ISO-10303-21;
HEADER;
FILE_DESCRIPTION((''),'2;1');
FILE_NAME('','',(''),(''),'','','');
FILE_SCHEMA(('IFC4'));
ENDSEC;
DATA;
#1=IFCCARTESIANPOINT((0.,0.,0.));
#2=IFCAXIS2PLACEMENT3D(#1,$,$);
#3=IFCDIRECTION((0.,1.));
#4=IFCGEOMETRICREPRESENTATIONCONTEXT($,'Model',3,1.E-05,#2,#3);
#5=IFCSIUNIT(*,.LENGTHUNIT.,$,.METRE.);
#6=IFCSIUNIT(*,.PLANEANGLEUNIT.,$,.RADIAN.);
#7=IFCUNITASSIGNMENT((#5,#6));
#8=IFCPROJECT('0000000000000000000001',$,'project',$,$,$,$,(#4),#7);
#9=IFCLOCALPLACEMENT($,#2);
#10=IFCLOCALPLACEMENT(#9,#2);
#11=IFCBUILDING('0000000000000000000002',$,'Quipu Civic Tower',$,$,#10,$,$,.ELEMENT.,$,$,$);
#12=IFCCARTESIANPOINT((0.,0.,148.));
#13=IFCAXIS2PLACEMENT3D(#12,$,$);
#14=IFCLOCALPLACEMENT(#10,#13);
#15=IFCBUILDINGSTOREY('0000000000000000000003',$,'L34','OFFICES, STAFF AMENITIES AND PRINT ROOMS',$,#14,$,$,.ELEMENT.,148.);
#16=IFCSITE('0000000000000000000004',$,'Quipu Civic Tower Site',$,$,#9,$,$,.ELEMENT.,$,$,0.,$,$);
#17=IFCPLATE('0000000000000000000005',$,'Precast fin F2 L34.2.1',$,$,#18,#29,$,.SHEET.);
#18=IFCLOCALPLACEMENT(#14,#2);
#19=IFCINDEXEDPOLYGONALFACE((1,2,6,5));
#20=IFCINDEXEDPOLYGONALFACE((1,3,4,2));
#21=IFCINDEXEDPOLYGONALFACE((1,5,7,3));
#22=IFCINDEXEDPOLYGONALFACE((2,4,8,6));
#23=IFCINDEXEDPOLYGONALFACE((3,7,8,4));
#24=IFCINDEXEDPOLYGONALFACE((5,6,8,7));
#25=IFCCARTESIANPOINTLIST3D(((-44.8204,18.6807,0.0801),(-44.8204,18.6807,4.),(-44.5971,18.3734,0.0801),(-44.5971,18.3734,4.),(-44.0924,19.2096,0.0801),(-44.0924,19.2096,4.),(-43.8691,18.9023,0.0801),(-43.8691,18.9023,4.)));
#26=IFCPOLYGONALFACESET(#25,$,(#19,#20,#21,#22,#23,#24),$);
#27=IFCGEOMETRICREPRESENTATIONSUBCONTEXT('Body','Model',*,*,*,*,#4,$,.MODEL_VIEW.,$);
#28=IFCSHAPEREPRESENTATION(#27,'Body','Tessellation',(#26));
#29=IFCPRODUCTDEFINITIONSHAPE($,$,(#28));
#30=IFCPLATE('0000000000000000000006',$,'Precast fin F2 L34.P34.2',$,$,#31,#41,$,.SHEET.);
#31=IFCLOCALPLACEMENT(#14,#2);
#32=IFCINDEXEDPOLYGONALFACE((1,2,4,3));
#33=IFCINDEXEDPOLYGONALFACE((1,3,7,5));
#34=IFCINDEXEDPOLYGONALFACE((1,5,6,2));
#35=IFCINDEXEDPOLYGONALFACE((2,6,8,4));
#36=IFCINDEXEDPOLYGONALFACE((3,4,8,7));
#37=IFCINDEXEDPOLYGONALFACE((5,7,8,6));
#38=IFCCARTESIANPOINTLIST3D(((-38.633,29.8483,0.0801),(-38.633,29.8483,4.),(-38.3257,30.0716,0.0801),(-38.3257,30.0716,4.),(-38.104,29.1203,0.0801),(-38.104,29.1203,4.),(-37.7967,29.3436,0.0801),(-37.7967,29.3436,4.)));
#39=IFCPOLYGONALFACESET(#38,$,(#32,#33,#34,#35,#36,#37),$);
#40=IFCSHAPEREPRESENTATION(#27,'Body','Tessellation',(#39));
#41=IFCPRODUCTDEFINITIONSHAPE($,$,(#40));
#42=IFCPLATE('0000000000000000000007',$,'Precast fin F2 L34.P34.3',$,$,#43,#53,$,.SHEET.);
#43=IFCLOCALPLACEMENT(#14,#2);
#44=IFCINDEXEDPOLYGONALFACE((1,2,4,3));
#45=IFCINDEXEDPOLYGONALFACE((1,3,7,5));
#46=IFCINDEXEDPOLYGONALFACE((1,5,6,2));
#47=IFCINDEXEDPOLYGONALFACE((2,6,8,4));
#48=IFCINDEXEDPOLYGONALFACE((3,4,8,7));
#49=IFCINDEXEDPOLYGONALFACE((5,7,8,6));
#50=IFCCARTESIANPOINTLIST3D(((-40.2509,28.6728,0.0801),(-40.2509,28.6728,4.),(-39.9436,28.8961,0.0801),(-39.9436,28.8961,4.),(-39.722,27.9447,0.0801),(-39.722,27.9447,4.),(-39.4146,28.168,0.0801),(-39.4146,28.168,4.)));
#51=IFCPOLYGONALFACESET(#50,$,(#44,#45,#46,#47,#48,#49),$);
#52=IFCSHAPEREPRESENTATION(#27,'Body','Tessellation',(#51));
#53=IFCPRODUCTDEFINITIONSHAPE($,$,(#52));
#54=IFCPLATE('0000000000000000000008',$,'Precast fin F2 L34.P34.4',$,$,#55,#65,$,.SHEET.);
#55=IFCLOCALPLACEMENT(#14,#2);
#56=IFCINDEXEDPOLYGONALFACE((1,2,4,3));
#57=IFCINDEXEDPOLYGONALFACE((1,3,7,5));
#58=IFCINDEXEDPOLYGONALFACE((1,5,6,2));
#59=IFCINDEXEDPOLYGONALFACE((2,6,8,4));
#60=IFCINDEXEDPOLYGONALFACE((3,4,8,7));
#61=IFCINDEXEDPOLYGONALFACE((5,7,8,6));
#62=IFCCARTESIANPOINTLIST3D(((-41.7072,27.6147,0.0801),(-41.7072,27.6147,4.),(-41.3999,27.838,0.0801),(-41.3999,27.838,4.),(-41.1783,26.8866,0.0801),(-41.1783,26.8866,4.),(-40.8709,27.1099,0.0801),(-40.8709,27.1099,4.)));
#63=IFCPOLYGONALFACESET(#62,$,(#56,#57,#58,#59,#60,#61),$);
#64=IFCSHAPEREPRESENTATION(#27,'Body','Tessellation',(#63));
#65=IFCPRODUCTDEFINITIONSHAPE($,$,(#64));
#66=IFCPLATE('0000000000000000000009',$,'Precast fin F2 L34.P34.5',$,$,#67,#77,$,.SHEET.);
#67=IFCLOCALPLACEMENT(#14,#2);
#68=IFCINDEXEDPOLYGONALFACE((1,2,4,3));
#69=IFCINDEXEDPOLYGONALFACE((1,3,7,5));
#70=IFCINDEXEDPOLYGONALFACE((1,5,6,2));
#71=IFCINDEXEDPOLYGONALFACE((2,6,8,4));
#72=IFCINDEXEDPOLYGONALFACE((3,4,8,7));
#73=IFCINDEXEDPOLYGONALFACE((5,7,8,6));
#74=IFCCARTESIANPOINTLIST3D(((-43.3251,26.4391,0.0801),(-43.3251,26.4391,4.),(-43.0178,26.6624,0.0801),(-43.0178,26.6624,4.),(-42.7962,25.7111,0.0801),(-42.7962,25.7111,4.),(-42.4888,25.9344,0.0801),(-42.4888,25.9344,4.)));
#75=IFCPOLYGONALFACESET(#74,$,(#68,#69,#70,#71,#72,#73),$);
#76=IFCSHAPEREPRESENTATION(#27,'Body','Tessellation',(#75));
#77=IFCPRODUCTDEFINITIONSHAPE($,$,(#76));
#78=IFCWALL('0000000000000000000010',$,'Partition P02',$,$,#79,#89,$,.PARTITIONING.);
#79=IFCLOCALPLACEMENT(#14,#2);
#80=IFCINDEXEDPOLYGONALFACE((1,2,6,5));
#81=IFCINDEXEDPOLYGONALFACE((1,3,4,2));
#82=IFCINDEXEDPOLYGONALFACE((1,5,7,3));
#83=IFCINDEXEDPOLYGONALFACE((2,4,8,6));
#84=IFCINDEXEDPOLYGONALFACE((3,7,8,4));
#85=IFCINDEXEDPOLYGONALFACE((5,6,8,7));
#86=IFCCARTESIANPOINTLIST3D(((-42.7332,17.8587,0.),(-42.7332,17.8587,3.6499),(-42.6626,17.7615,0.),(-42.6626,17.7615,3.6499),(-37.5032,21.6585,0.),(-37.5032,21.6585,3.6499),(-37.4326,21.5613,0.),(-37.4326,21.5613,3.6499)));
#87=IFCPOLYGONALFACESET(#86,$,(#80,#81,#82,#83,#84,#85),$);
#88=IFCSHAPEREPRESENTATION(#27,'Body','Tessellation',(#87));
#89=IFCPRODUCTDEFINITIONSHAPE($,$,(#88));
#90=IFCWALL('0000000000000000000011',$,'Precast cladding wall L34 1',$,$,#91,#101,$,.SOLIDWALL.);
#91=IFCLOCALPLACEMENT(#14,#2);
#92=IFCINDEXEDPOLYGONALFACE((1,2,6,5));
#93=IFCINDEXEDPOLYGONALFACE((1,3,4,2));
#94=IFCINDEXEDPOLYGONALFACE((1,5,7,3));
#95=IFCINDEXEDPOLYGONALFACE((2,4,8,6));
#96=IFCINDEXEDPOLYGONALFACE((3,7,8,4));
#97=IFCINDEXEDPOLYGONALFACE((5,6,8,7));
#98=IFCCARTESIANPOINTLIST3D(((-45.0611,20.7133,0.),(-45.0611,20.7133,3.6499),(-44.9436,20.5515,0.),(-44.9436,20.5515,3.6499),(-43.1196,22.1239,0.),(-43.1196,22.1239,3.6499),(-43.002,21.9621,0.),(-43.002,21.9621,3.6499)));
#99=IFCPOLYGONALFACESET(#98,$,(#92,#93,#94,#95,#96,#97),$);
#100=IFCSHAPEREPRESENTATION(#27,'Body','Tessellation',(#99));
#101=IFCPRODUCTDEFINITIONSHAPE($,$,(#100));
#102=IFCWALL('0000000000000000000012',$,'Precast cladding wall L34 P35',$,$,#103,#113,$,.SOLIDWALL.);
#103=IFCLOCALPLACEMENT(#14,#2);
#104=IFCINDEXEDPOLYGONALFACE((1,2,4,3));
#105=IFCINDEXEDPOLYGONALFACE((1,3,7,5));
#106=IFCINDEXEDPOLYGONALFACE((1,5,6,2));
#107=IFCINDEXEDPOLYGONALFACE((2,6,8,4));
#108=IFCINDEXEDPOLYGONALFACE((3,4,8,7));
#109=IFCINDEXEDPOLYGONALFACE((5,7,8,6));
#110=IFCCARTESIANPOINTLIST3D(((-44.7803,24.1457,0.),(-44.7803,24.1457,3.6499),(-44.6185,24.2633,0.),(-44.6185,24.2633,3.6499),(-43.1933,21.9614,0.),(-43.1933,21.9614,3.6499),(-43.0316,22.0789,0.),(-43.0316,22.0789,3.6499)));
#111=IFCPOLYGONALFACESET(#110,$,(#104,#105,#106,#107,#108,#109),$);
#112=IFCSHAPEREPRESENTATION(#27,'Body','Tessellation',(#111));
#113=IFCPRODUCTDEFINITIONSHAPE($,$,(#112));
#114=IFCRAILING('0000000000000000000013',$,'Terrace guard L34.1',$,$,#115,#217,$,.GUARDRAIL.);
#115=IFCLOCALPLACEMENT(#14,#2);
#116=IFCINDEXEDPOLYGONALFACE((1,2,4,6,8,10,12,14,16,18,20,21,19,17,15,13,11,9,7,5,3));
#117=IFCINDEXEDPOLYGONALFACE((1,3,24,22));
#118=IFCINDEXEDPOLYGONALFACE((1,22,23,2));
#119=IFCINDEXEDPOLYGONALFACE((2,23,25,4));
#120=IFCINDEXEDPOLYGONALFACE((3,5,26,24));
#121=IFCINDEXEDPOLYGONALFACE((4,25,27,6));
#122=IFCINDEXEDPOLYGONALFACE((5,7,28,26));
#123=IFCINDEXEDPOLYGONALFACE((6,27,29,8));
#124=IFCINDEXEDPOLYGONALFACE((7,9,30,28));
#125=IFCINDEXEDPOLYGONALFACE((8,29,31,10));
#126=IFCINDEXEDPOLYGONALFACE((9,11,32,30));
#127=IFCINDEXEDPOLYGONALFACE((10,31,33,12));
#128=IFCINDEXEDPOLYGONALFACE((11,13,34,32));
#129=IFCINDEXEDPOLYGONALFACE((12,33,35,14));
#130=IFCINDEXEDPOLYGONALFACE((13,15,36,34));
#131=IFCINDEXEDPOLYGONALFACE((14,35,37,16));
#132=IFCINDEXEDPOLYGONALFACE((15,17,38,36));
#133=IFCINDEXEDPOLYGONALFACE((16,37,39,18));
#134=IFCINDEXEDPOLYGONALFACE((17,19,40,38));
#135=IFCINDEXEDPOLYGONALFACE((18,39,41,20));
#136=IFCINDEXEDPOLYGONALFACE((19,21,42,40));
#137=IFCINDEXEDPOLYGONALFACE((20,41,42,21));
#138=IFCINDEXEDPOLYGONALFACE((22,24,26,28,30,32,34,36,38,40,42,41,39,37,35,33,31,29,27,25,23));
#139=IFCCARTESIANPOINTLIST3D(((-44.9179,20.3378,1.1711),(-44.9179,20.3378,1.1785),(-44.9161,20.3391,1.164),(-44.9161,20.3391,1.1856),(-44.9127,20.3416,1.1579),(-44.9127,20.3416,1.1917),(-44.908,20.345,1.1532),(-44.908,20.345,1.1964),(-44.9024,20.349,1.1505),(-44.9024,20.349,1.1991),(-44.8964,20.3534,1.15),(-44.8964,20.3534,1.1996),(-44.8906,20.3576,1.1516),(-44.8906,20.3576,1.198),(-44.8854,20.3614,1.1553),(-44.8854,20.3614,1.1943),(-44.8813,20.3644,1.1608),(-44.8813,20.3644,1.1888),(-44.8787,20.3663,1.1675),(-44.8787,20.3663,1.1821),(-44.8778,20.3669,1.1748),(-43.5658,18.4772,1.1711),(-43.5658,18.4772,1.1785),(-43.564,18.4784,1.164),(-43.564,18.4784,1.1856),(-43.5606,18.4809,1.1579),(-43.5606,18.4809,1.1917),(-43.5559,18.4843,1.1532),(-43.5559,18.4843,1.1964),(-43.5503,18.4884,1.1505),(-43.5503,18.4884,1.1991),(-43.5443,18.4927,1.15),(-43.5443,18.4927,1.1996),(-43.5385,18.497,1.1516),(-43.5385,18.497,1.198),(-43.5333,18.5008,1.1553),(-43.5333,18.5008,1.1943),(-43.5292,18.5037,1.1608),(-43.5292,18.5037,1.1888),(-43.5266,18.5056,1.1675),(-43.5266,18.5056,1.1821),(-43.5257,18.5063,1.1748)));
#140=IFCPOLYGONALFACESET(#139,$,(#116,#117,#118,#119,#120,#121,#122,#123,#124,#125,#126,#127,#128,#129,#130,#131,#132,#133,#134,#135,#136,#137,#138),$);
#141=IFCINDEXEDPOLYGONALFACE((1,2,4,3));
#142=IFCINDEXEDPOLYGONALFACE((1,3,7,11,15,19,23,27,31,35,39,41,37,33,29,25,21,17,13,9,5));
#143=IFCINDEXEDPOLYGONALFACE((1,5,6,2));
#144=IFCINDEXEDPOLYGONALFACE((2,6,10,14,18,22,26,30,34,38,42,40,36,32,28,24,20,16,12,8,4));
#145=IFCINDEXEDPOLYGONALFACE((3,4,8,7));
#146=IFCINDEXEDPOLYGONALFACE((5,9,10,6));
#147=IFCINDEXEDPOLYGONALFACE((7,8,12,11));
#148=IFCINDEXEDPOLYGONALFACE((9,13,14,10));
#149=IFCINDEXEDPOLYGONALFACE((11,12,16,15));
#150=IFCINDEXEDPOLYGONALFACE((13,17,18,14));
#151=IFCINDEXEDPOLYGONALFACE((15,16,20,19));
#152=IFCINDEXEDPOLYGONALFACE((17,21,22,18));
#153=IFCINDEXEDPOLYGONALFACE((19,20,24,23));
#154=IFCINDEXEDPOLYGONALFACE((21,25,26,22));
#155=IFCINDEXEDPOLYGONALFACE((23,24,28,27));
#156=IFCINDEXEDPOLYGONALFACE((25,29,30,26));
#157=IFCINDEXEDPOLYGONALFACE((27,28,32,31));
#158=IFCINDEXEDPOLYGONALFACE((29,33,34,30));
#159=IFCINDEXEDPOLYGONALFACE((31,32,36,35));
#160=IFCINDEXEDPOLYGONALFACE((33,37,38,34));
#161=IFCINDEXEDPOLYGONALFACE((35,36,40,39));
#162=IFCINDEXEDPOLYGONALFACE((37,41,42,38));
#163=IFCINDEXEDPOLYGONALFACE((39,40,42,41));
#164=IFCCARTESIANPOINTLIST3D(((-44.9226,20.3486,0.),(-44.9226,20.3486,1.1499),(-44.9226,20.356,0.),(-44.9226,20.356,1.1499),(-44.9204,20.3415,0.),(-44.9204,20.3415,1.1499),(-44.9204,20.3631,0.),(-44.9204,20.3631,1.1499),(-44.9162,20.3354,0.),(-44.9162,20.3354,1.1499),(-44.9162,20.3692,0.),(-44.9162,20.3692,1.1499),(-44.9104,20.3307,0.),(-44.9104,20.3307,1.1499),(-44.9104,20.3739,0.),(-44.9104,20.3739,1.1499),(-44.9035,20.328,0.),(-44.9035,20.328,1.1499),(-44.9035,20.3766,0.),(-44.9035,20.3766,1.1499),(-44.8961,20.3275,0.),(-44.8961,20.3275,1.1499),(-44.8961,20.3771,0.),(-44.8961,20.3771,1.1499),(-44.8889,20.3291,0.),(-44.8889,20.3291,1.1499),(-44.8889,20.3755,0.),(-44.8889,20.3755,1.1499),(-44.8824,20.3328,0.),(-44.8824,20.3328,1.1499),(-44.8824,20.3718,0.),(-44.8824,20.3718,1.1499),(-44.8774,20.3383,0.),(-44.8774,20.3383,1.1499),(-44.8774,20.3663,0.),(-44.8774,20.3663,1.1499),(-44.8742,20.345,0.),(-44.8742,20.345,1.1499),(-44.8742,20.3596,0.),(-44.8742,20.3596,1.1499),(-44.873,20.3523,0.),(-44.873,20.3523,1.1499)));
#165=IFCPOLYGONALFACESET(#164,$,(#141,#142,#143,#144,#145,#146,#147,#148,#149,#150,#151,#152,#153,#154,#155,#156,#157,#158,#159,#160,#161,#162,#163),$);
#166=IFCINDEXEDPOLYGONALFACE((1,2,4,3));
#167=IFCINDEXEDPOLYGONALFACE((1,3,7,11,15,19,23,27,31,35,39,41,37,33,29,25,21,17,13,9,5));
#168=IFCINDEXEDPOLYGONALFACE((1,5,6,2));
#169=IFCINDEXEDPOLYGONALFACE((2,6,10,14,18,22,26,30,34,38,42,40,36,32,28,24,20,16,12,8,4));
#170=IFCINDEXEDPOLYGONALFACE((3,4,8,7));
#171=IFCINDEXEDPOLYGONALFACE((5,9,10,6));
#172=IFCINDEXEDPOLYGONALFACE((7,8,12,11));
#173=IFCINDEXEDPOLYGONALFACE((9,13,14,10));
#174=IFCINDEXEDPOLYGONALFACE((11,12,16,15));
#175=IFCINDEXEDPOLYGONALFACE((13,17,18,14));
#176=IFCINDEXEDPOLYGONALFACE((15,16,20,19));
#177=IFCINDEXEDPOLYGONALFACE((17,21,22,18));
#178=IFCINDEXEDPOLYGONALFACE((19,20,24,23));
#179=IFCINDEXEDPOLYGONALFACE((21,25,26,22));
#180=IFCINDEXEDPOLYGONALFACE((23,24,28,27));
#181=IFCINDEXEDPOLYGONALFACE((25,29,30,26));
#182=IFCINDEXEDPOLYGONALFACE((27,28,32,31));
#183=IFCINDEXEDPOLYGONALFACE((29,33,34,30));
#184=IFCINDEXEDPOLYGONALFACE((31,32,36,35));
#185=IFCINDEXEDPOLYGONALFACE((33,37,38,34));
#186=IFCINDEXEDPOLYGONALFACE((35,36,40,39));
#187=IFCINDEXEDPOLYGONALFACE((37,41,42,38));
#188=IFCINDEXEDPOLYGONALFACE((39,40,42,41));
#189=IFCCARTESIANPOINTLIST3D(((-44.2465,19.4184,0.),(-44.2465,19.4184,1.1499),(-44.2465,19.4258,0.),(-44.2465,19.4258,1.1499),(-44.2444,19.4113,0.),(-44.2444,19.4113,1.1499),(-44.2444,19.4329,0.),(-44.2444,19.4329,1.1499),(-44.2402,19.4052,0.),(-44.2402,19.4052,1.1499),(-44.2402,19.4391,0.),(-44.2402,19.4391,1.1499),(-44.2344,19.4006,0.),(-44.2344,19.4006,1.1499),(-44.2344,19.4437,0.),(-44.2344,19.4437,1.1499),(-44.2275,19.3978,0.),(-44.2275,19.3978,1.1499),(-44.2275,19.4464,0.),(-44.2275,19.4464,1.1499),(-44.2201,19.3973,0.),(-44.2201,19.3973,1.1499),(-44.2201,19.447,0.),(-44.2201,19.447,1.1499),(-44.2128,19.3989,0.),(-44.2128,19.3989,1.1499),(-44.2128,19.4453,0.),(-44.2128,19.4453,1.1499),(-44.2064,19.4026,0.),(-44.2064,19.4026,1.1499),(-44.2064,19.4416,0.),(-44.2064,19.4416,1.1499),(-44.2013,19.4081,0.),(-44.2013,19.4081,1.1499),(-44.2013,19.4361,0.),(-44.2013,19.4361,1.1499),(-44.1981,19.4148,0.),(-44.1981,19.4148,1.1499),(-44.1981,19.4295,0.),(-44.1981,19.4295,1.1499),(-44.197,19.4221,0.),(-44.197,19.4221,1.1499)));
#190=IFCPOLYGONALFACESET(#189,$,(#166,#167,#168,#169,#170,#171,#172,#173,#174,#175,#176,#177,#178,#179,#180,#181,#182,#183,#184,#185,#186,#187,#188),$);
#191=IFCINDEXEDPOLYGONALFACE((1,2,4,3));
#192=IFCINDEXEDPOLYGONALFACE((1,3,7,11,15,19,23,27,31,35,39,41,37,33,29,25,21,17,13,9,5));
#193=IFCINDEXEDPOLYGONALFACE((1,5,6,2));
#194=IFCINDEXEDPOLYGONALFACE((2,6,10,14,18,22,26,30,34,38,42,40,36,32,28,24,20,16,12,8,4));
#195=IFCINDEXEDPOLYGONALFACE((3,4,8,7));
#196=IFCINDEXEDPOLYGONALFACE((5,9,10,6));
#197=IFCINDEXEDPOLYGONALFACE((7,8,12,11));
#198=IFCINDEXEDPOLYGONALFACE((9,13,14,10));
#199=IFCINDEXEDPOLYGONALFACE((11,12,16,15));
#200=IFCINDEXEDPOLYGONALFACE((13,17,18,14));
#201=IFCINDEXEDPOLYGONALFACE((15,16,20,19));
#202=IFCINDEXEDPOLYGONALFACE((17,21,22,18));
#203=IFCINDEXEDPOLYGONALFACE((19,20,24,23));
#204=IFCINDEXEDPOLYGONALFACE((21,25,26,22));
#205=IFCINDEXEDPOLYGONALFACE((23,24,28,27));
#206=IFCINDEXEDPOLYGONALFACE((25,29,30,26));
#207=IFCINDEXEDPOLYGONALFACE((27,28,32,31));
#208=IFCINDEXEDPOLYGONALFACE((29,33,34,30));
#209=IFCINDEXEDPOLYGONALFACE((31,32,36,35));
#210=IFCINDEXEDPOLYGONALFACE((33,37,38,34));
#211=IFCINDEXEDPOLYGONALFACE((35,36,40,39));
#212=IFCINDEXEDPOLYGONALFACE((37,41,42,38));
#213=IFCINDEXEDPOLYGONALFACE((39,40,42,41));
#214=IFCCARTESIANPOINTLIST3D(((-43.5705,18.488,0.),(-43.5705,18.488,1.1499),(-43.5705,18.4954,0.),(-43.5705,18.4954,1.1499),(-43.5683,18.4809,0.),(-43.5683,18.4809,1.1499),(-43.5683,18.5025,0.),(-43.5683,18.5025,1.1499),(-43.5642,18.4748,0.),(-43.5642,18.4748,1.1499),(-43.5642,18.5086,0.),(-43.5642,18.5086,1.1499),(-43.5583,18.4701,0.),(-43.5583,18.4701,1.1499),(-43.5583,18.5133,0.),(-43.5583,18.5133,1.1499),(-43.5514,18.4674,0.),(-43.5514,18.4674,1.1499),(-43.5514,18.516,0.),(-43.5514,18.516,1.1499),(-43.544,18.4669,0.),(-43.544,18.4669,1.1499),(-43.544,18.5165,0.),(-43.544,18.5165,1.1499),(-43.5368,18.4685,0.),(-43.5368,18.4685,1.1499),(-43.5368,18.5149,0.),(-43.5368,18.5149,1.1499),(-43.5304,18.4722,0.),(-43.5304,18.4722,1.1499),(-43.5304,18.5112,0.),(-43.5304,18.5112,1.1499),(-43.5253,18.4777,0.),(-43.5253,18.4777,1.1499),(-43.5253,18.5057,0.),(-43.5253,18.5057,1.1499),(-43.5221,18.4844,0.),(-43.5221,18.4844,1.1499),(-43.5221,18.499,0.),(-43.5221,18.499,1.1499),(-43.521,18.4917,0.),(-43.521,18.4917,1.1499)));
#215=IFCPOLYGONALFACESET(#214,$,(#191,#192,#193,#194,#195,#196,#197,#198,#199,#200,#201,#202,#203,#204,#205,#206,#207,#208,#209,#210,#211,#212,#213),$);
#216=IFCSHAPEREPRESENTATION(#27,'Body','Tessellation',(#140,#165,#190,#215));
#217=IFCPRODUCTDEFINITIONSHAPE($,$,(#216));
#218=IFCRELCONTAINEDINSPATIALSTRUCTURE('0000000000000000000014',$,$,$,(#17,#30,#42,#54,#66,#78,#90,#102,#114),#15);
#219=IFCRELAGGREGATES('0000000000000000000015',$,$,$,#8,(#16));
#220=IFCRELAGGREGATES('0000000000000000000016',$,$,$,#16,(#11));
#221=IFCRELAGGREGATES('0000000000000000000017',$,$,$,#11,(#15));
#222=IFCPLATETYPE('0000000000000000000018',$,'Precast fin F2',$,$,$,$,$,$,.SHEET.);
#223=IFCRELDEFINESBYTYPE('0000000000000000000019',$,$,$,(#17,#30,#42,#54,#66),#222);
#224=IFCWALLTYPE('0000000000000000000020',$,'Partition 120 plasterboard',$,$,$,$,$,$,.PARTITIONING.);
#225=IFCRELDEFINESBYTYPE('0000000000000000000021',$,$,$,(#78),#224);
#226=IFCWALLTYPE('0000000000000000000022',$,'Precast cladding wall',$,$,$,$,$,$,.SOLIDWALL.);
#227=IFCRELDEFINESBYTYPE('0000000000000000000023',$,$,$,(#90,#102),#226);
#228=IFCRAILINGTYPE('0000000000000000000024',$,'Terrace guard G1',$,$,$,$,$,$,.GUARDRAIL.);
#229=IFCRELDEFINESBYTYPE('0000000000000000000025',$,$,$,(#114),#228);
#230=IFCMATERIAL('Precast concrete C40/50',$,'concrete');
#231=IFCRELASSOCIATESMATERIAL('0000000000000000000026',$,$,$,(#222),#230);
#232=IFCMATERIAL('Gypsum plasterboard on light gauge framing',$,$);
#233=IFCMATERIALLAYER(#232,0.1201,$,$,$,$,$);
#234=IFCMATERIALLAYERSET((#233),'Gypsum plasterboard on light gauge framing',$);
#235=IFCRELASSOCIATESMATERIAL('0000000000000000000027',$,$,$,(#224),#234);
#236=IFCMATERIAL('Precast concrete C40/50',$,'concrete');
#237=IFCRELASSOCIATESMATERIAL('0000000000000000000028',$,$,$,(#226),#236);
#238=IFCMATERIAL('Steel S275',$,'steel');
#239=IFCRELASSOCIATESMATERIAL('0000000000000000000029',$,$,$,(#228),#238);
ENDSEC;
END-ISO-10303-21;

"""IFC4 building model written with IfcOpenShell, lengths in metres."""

from ifc_helpers import new_model, si_unit, direction, frame, frame_2d, origin, origin_2d, place, context, subcontext, project, spatial, rectangle, circle, extrude, material, layer, layer_set, type_object, element, save


model = new_model("IFC4")

# Units and contexts
model_context = context("Model", 3, precision=1e-05, world=origin(), true_north=direction((0.0, 1.0)))
body_context = subcontext(model_context, "Body", "Model", "MODEL_VIEW")
ifc_project = project(units=[si_unit("LENGTHUNIT", "METRE"), si_unit("PLANEANGLEUNIT", "RADIAN")], contexts=[model_context])

# Site, building, storey
site_placement = place(None, origin())
site = spatial("IfcSite", under=ifc_project, at=site_placement, Name="Quipu Civic Tower Site", CompositionType="ELEMENT", RefElevation=0.0)
building_placement = place(site_placement, origin())
building = spatial("IfcBuilding", under=site, at=building_placement, Name="Quipu Civic Tower", CompositionType="ELEMENT")
storey_placement = place(building_placement, frame((0.0, 0.0, 148.0)))
storey = spatial("IfcBuildingStorey", under=building, at=storey_placement, Name="L34", Description="OFFICES, STAFF AMENITIES AND PRINT ROOMS", CompositionType="ELEMENT", Elevation=148.0)

# Plates
ifc_material_1 = material(Name="Precast concrete C40/50", Category="concrete")
plate_type_1 = type_object("IfcPlateType", Name="Precast fin F2", PredefinedType="SHEET", material=ifc_material_1)
for number, where, z_axis, x_axis, name in (
    (1, (-44.3447, 18.7915, 0.0801), (0.0, 0.0, 1.0), (0.587786, -0.809016, 0.0), "Precast fin F2 L34.2.1"),
    (2, (-38.2148, 29.5959, 0.0801), (0.0, 0.0, 1.0), (-0.809017, -0.587785, 0.0), "Precast fin F2 L34.P34.2"),
    (3, (-39.8328, 28.4204, 0.0801), (0.0, 0.0, 1.0), (-0.809017, -0.587785, 0.0), "Precast fin F2 L34.P34.3"),
    (4, (-41.2891, 27.3623, 0.0801), (0.0, 0.0, 1.0), (-0.809017, -0.587785, 0.0), "Precast fin F2 L34.P34.4"),
    (5, (-42.907, 26.1868, 0.0801), (0.0, 0.0, 1.0), (-0.809017, -0.587785, 0.0), "Precast fin F2 L34.P34.5"),
):
    element("IfcPlate", number, at=place(storey_placement, frame(where, z_axis=z_axis, x_axis=x_axis)), inside=storey, type_object=plate_type_1, Name=name, PredefinedType="SHEET", context=body_context, shape_type="SweptSolid", body=[
        extrude(rectangle(XDim=0.3799, YDim=0.8999, at=origin_2d()), origin(), (0.0, 0.0, 1.0), 3.9199),
    ])

# Walls
ifc_material_2 = material(Name="Gypsum plasterboard on light gauge framing")
ifc_layer_1 = layer(ifc_material_2, 0.1201)
ifc_layer_set_1 = layer_set([ifc_layer_1], Name="Gypsum plasterboard on light gauge framing")
wall_type_1 = type_object("IfcWallType", Name="Partition 120 plasterboard", PredefinedType="PARTITIONING", material=ifc_layer_set_1)
wall_1_placement = place(storey_placement, frame((-42.698, 17.8101, 0.0), z_axis=(0.0, 0.0, 1.0), x_axis=(0.809017, 0.587785, 0.0)))
element("IfcWall", 6, at=wall_1_placement, inside=storey, type_object=wall_type_1, Name="Partition P02", PredefinedType="PARTITIONING", context=body_context, shape_type="SweptSolid", body=[
    extrude(rectangle(XDim=6.4646, YDim=0.1201, at=frame_2d((3.2324, 0.0))), origin(), (0.0, 0.0, 1.0), 3.6499),
])
ifc_material_3 = material(Name="Precast concrete C40/50", Category="concrete")
wall_type_2 = type_object("IfcWallType", Name="Precast cladding wall", PredefinedType="SOLIDWALL", material=ifc_material_3)
wall_2_placement = place(storey_placement, frame((-43.0608, 22.043, 0.0), z_axis=(0.0, 0.0, 1.0), x_axis=(-0.809026, -0.587772, 0.0)))
element("IfcWall", 7, at=wall_2_placement, inside=storey, type_object=wall_type_2, Name="Precast cladding wall L34 1", PredefinedType="SOLIDWALL", context=body_context, shape_type="SweptSolid", body=[
    extrude(rectangle(XDim=2.3999, YDim=0.2, at=frame_2d((1.2, 0.0))), origin(), (0.0, 0.0, 1.0), 3.6499),
])
wall_3_placement = place(storey_placement, frame((-44.6995, 24.2046, 0.0), z_axis=(0.0, 0.0, 1.0), x_axis=(0.587763, -0.809033, 0.0)))
element("IfcWall", 8, at=wall_3_placement, inside=storey, type_object=wall_type_2, Name="Precast cladding wall L34 P35", PredefinedType="SOLIDWALL", context=body_context, shape_type="SweptSolid", body=[
    extrude(rectangle(XDim=2.7, YDim=0.2, at=frame_2d((1.3501, 0.0))), origin(), (0.0, 0.0, 1.0), 3.6499),
])

# Railing
ifc_material_4 = material(Name="Steel S275", Category="steel")
railing_type = type_object("IfcRailingType", Name="Terrace guard G1", PredefinedType="GUARDRAIL", material=ifc_material_4)
railing_1_placement = place(storey_placement, frame((-44.8979, 20.3523, 0.0)))
element("IfcRailing", 9, at=railing_1_placement, inside=storey, type_object=railing_type, Name="Terrace guard L34.1", PredefinedType="GUARDRAIL", context=body_context, shape_type="SweptSolid", body=[
    extrude(circle(Radius=0.0249, at=origin_2d()), frame((0.0, 0.0, 1.1748), z_axis=(0.587856, -0.808966, 0.0), x_axis=(0.808966, 0.587856, 0.0)), (0.0, 0.0, 1.0), 2.3),
    extrude(circle(Radius=0.0249, at=origin_2d()), origin(), (0.0, 0.0, 1.0), 1.1499),
    extrude(circle(Radius=0.0249, at=origin_2d()), frame((0.676, -0.9302, 0.0)), (0.0, 0.0, 1.0), 1.1499),
    extrude(circle(Radius=0.0249, at=origin_2d()), frame((1.3521, -1.8606, 0.0)), (0.0, 0.0, 1.0), 1.1499),
])

save(model, "model.ifc")
